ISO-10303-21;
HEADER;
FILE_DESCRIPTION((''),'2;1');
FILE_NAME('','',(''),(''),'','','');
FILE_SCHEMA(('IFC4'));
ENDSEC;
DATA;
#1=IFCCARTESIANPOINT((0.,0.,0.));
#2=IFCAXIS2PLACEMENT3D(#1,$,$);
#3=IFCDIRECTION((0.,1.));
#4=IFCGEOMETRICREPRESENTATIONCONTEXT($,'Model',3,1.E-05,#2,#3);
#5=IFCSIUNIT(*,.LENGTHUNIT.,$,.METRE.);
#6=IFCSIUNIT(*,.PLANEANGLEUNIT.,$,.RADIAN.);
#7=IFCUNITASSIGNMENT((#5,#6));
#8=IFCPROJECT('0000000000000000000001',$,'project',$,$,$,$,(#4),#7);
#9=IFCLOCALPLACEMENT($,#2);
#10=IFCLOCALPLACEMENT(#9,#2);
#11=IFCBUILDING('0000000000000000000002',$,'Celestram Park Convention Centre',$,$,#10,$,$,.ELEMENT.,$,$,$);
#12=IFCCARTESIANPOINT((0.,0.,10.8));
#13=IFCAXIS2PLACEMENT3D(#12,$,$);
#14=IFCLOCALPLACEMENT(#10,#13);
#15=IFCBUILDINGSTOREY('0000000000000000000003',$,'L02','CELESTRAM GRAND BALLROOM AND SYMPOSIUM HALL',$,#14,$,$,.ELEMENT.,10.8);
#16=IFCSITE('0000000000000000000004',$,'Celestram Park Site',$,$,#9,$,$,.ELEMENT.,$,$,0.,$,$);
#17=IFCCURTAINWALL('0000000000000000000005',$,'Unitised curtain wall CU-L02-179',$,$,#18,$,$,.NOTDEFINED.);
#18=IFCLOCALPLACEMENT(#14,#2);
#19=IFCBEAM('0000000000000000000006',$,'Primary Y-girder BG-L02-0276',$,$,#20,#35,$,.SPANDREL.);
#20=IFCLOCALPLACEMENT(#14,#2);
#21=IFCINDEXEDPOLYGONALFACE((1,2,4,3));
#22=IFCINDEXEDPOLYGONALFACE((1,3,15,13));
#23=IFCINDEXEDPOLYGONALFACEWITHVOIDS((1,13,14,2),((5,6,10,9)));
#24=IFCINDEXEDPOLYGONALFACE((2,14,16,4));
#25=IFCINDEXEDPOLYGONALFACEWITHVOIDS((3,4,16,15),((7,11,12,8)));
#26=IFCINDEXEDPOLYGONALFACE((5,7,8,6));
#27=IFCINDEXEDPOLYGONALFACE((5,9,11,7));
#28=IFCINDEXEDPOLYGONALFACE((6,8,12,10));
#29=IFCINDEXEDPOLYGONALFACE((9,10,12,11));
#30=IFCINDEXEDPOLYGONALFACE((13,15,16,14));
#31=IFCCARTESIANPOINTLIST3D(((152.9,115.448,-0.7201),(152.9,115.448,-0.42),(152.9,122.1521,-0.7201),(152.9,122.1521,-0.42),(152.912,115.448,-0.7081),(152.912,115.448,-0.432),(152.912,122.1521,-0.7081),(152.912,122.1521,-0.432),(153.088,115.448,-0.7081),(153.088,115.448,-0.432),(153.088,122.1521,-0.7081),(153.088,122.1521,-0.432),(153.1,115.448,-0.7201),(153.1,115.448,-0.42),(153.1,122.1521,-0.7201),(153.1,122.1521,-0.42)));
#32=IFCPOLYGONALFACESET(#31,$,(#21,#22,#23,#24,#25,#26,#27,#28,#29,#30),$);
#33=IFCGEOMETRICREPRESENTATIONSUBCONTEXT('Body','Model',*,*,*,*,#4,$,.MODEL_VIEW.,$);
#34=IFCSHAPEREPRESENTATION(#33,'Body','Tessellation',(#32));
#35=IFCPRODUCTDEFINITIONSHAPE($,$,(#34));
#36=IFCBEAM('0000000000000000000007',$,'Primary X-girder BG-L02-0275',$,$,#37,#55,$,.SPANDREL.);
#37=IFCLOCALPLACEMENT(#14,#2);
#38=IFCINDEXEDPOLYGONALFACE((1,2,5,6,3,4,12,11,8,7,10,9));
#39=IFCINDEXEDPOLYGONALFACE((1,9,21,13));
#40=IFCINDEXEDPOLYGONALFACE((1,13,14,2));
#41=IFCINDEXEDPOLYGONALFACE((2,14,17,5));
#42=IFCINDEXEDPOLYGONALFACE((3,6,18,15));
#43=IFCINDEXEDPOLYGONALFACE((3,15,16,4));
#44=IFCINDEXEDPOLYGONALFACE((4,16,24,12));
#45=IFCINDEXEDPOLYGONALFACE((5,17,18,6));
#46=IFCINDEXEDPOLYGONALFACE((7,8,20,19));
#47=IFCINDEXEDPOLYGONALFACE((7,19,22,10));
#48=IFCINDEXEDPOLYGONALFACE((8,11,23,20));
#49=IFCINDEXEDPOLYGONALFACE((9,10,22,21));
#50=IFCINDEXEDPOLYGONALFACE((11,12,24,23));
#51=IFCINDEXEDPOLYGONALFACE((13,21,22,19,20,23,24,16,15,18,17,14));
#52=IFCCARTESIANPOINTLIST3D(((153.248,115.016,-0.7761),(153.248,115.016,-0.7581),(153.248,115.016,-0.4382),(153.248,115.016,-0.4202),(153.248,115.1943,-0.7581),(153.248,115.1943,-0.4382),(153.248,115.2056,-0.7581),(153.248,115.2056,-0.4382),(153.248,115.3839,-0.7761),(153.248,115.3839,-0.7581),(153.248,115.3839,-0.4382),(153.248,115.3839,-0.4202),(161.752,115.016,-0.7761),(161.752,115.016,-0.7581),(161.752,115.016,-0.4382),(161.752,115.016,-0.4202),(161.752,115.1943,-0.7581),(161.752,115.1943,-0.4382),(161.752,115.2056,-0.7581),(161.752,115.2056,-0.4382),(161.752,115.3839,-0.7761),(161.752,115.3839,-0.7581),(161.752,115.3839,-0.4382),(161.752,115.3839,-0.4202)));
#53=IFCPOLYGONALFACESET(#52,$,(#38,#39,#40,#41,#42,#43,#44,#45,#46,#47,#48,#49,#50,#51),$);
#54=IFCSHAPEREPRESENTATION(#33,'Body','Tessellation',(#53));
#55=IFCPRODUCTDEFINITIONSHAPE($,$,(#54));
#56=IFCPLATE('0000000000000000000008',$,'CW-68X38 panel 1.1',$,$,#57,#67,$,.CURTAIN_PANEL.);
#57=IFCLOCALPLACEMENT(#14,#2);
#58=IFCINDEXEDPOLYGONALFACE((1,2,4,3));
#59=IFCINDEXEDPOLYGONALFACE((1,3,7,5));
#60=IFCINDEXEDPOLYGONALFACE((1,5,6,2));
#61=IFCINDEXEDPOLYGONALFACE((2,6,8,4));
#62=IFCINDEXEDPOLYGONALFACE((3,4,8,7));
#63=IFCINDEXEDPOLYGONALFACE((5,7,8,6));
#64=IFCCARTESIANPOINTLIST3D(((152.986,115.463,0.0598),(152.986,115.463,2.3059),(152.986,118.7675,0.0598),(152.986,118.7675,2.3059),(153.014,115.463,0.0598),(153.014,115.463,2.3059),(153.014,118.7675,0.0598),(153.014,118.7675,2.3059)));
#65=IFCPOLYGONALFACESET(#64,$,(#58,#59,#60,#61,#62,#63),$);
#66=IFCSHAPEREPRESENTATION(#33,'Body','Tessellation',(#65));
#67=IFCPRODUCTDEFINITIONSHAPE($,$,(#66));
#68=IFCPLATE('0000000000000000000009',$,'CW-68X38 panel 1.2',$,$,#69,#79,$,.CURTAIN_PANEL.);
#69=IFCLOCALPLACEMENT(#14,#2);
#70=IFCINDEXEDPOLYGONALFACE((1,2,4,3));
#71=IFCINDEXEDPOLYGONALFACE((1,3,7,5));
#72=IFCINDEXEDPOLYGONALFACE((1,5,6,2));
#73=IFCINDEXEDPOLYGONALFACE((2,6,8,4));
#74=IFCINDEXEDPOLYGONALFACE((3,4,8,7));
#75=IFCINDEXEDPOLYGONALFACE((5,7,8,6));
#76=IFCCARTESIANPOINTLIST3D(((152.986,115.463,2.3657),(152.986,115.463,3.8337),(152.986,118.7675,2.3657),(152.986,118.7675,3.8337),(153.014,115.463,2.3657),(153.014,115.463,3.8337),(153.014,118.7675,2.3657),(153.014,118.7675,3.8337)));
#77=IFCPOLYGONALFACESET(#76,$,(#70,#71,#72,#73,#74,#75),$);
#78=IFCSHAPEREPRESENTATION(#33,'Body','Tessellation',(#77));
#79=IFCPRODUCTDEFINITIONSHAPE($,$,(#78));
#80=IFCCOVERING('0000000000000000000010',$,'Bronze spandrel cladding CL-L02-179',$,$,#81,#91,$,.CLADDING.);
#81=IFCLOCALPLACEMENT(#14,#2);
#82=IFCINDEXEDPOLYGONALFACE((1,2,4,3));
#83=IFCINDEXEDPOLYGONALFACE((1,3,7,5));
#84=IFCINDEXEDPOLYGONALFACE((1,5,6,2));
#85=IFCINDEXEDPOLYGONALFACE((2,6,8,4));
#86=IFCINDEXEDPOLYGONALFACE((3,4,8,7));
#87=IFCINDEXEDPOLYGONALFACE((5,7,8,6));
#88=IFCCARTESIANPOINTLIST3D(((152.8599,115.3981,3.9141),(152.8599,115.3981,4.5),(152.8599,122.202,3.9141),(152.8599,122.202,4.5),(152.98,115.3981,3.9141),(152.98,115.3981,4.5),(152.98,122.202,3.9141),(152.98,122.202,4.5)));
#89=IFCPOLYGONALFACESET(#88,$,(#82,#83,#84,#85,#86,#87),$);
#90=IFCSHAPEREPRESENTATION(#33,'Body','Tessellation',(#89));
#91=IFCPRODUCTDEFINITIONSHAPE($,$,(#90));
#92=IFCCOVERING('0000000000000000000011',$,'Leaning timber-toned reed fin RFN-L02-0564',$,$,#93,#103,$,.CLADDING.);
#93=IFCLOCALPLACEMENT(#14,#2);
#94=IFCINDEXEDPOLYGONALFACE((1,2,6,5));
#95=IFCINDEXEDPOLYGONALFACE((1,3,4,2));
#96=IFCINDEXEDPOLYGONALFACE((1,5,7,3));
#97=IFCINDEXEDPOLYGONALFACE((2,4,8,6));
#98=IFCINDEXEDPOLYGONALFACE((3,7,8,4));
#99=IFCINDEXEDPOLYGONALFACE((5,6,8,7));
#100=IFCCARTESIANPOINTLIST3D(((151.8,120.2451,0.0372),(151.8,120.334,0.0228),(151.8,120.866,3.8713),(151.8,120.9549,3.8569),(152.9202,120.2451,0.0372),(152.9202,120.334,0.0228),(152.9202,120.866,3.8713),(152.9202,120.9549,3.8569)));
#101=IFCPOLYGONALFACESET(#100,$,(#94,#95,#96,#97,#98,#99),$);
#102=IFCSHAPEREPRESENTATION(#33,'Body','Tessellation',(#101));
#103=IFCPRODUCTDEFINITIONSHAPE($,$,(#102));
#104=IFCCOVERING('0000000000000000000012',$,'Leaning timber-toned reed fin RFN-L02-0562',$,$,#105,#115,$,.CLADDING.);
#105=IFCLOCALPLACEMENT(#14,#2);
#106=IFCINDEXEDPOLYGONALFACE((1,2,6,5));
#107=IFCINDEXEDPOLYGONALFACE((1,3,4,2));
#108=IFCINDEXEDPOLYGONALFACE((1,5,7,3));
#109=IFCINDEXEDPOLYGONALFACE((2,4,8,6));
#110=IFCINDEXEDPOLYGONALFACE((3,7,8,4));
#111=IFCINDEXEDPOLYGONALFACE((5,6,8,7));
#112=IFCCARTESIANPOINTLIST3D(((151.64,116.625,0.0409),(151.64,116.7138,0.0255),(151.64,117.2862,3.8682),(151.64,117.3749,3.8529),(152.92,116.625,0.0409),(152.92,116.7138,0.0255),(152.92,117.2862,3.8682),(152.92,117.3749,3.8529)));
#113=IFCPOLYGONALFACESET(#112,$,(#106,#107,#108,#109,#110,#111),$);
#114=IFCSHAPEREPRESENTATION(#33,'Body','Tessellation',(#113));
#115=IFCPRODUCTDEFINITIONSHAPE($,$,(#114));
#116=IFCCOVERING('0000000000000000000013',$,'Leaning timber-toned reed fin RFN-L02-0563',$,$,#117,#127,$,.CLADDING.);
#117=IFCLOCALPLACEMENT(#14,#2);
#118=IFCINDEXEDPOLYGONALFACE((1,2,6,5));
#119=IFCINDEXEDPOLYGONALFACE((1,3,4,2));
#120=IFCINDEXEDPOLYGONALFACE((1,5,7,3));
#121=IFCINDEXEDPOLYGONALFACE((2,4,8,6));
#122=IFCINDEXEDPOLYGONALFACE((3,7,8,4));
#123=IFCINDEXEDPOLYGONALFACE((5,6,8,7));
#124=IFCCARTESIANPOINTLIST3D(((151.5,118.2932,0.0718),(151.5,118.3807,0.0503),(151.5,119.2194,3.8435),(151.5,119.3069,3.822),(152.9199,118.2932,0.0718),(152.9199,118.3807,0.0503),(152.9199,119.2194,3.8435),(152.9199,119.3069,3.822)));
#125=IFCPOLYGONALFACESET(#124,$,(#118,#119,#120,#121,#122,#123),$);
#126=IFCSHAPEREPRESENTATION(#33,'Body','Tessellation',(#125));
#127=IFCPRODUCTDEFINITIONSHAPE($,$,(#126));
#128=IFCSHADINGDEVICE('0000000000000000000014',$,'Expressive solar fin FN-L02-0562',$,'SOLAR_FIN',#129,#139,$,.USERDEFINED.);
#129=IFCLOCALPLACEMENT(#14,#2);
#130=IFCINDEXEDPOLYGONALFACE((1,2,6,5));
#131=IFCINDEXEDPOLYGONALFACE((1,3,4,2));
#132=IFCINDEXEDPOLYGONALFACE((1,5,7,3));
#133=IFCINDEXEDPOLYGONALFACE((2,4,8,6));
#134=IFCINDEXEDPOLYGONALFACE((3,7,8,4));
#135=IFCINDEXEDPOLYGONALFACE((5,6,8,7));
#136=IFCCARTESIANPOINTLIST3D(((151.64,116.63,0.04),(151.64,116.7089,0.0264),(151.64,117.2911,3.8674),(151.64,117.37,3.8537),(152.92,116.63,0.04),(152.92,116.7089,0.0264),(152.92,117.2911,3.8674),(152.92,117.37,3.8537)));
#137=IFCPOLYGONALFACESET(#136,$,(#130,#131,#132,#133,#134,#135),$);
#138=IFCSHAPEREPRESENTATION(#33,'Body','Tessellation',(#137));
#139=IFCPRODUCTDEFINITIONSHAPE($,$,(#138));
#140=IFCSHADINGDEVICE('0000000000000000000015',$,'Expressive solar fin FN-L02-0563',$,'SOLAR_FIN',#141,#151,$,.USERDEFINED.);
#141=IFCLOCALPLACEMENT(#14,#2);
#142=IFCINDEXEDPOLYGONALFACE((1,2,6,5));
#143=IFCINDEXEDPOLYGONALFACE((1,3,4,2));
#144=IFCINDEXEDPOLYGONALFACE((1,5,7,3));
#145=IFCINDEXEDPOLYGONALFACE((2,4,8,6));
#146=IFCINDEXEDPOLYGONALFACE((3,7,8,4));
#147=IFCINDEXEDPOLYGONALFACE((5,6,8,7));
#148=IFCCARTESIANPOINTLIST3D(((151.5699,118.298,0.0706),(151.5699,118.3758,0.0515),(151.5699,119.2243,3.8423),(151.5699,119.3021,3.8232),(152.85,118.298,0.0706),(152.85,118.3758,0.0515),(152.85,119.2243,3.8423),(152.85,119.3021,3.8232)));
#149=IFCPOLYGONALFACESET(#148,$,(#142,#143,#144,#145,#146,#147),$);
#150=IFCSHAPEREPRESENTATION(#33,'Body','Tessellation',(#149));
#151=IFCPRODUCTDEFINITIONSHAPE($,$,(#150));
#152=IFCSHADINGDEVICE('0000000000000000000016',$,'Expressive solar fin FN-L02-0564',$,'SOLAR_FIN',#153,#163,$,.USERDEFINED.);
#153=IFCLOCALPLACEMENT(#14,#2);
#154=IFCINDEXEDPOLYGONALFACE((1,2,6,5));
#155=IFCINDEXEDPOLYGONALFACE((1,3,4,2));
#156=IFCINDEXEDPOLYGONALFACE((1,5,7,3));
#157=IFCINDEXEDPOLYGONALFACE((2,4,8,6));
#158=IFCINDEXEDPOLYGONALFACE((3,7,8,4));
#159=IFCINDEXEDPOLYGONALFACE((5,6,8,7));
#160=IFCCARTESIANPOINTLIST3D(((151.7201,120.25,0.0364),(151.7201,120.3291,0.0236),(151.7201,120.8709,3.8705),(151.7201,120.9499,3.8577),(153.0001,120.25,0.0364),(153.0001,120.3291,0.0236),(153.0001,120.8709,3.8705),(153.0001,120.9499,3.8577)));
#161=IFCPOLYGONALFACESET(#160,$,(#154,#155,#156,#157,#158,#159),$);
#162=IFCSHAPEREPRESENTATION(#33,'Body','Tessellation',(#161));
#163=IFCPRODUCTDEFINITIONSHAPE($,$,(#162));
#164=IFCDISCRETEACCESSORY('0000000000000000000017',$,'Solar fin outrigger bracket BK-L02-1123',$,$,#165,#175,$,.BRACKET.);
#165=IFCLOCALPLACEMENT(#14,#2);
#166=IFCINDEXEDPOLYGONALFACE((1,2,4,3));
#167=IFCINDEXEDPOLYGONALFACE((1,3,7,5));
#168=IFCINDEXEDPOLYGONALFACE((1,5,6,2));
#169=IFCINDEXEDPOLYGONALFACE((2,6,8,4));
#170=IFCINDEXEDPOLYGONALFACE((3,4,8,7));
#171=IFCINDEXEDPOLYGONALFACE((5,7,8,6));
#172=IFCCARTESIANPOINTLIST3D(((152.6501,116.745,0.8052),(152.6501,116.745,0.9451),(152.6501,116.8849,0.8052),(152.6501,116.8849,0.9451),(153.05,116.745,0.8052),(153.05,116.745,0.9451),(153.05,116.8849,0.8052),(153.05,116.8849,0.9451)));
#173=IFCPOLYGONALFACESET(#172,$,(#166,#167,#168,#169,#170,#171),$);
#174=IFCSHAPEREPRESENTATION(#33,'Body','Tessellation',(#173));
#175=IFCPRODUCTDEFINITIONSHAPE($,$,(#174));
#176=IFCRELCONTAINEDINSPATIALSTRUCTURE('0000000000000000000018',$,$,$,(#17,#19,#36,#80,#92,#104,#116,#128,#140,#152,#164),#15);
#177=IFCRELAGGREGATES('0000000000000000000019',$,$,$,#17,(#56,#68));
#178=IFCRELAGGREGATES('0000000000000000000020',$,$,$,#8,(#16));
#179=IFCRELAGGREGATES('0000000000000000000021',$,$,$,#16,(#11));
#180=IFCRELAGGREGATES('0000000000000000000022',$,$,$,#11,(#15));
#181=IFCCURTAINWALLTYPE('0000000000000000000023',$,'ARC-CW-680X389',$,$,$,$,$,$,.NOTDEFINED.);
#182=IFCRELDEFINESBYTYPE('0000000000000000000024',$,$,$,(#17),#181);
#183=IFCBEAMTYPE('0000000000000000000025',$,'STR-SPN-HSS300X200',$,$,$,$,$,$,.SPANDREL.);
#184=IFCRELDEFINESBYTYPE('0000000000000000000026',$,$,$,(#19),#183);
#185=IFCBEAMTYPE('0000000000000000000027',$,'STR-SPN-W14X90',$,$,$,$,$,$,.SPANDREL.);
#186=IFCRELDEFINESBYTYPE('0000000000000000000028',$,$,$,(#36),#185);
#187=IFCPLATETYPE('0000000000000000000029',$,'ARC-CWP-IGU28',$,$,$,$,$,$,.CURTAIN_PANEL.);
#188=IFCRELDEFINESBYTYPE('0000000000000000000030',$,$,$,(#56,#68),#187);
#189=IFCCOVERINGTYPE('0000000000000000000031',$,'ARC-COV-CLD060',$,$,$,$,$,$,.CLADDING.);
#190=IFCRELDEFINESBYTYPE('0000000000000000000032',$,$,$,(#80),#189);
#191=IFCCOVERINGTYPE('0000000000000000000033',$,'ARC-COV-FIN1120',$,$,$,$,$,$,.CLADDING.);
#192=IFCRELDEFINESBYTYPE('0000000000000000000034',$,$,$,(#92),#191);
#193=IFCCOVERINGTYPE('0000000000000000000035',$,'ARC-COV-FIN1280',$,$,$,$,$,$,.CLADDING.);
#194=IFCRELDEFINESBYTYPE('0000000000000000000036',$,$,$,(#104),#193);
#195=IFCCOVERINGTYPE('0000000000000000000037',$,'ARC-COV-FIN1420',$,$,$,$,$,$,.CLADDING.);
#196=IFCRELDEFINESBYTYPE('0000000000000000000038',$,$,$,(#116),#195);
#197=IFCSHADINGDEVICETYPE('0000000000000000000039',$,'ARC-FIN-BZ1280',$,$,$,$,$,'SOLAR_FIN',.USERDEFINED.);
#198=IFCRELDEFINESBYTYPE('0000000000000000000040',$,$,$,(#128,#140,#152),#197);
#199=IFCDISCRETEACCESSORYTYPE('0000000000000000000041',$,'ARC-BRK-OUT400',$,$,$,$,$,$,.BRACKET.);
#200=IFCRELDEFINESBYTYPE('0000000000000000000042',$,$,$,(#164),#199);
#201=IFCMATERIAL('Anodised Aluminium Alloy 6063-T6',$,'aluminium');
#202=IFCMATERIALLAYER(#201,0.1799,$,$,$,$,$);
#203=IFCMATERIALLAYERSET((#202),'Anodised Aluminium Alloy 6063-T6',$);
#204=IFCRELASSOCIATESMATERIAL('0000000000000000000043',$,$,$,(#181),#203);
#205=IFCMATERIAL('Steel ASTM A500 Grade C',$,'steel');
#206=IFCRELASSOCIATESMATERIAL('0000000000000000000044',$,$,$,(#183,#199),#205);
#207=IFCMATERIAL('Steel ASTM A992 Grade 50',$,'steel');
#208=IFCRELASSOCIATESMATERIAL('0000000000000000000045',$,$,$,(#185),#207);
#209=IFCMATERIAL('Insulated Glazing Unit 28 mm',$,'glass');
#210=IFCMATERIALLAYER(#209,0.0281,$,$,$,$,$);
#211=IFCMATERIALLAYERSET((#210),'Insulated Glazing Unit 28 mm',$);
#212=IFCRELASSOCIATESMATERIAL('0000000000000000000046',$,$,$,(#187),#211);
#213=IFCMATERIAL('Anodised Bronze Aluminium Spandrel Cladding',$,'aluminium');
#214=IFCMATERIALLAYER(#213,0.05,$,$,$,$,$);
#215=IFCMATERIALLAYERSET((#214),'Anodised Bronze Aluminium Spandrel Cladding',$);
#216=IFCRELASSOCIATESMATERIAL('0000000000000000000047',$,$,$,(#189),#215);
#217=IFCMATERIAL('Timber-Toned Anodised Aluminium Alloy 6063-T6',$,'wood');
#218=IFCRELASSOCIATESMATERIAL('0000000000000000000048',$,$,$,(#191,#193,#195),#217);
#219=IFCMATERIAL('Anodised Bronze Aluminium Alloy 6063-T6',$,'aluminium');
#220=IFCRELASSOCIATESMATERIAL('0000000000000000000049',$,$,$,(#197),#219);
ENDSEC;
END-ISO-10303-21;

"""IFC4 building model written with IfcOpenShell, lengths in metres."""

from ifc_helpers import new_model, si_unit, direction, frame, origin, origin_2d, place, context, subcontext, project, spatial, rectangle, hollow_rectangle, i_section, extrude, material, layer, layer_set, material_profile, profile_set, type_object, element, aggregate, save


model = new_model("IFC4")

# Units and contexts
model_context = context("Model", 3, precision=1e-05, world=origin(), true_north=direction((0.0, 1.0)))
body_context = subcontext(model_context, "Body", "Model", "MODEL_VIEW")
ifc_project = project(units=[si_unit("LENGTHUNIT", "METRE"), si_unit("PLANEANGLEUNIT", "RADIAN")], contexts=[model_context])

# Site, building, storey
site_placement = place(None, origin())
site = spatial("IfcSite", under=ifc_project, at=site_placement, Name="Celestram Park Site", CompositionType="ELEMENT", RefElevation=0.0)
building_placement = place(site_placement, origin())
building = spatial("IfcBuilding", under=site, at=building_placement, Name="Celestram Park Convention Centre", CompositionType="ELEMENT")
storey_placement = place(building_placement, frame((0.0, 0.0, 10.8)))
storey = spatial("IfcBuildingStorey", under=building, at=storey_placement, Name="L02", Description="CELESTRAM GRAND BALLROOM AND SYMPOSIUM HALL", CompositionType="ELEMENT", Elevation=10.8)

# Shared definitions
ifc_material_1 = material(Name="Steel ASTM A500 Grade C", Category="steel")

# Curtain wall
ifc_material_2 = material(Name="Anodised Aluminium Alloy 6063-T6", Category="aluminium")
ifc_layer_1 = layer(ifc_material_2, 0.1799)
ifc_layer_set_1 = layer_set([ifc_layer_1], Name="Anodised Aluminium Alloy 6063-T6")
curtain_wall_type_1 = type_object("IfcCurtainWallType", Name="ARC-CW-680X389", PredefinedType="NOTDEFINED", material=ifc_layer_set_1)
curtain_wall_1_placement = place(storey_placement, origin())
curtain_wall_1 = element("IfcCurtainWall", 1, at=curtain_wall_1_placement, inside=storey, type_object=curtain_wall_type_1, Name="Unitised curtain wall CU-L02-179", PredefinedType="NOTDEFINED")

# Beams
ifc_material_profile_1 = material_profile(ifc_material_1, hollow_rectangle(XDim=0.2, YDim=0.3, WallThickness=0.012, at=origin_2d()), Name="HSS300X200X12")
ifc_profile_set_1 = profile_set([ifc_material_profile_1], Name="Steel ASTM A500 Grade C")
beam_type_1 = type_object("IfcBeamType", Name="STR-SPN-HSS300X200", PredefinedType="SPANDREL", material=ifc_profile_set_1)
beam_1_placement = place(storey_placement, frame((153.0, 115.448, -0.5701), z_axis=(0.0, 1.0, 0.0), x_axis=(-1.0, 0.0, 0.0)))
element("IfcBeam", 2, at=beam_1_placement, inside=storey, type_object=beam_type_1, Name="Primary Y-girder BG-L02-0276", PredefinedType="SPANDREL", context=body_context, shape_type="SweptSolid", body=[
    extrude(hollow_rectangle(XDim=0.2, YDim=0.3, WallThickness=0.012, at=origin_2d()), origin(), (0.0, 0.0, 1.0), 6.7041),
])
ifc_material_3 = material(Name="Steel ASTM A992 Grade 50", Category="steel")
ifc_material_profile_2 = material_profile(ifc_material_3, i_section(OverallWidth=0.3679, OverallDepth=0.356, WebThickness=0.0112, FlangeThickness=0.0181, at=origin_2d()), Name="W14X90")
ifc_profile_set_2 = profile_set([ifc_material_profile_2], Name="Steel ASTM A992 Grade 50")
beam_type_2 = type_object("IfcBeamType", Name="STR-SPN-W14X90", PredefinedType="SPANDREL", material=ifc_profile_set_2)
beam_2_placement = place(storey_placement, frame((153.248, 115.2, -0.5981), z_axis=(1.0, 0.0, 0.0), x_axis=(0.0, 1.0, 0.0)))
element("IfcBeam", 3, at=beam_2_placement, inside=storey, type_object=beam_type_2, Name="Primary X-girder BG-L02-0275", PredefinedType="SPANDREL", context=body_context, shape_type="SweptSolid", body=[
    extrude(i_section(OverallWidth=0.3679, OverallDepth=0.356, WebThickness=0.0112, FlangeThickness=0.0181, at=origin_2d()), origin(), (0.0, 0.0, 1.0), 8.5039),
])

# Plates
ifc_material_4 = material(Name="Insulated Glazing Unit 28 mm", Category="glass")
ifc_layer_2 = layer(ifc_material_4, 0.0281)
ifc_layer_set_2 = layer_set([ifc_layer_2], Name="Insulated Glazing Unit 28 mm")
plate_type = type_object("IfcPlateType", Name="ARC-CWP-IGU28", PredefinedType="CURTAIN_PANEL", material=ifc_layer_set_2)
plate_1_placement = place(storey_placement, frame((153.0, 117.1152, 0.0598), z_axis=(0.0, 0.0, 1.0), x_axis=(0.0, 1.0, 0.0)))
plate_1 = element("IfcPlate", 4, at=plate_1_placement, type_object=plate_type, Name="CW-68X38 panel 1.1", PredefinedType="CURTAIN_PANEL", context=body_context, shape_type="SweptSolid", body=[
    extrude(rectangle(XDim=3.3044, YDim=0.0281, at=origin_2d()), origin(), (0.0, 0.0, 1.0), 2.2461),
])
plate_2_placement = place(storey_placement, frame((153.0, 117.1152, 2.3657), z_axis=(0.0, 0.0, 1.0), x_axis=(0.0, 1.0, 0.0)))
plate_2 = element("IfcPlate", 5, at=plate_2_placement, type_object=plate_type, Name="CW-68X38 panel 1.2", PredefinedType="CURTAIN_PANEL", context=body_context, shape_type="SweptSolid", body=[
    extrude(rectangle(XDim=3.3044, YDim=0.0281, at=origin_2d()), origin(), (0.0, 0.0, 1.0), 1.468),
])
aggregate(curtain_wall_1, [plate_1, plate_2])

# Coverings
ifc_material_5 = material(Name="Anodised Bronze Aluminium Spandrel Cladding", Category="aluminium")
ifc_layer_3 = layer(ifc_material_5, 0.05)
ifc_layer_set_3 = layer_set([ifc_layer_3], Name="Anodised Bronze Aluminium Spandrel Cladding")
covering_type_1 = type_object("IfcCoveringType", Name="ARC-COV-CLD060", PredefinedType="CLADDING", material=ifc_layer_set_3)
covering_1_placement = place(storey_placement, frame((152.9199, 118.8, 3.9141), z_axis=(0.0, 0.0, 1.0), x_axis=(0.0, 1.0, 0.0)))
element("IfcCovering", 6, at=covering_1_placement, inside=storey, type_object=covering_type_1, Name="Bronze spandrel cladding CL-L02-179", PredefinedType="CLADDING", context=body_context, shape_type="SweptSolid", body=[
    extrude(rectangle(XDim=6.804, YDim=0.1201, at=origin_2d()), origin(), (0.0, 0.0, 1.0), 0.5859),
])
ifc_material_6 = material(Name="Timber-Toned Anodised Aluminium Alloy 6063-T6", Category="wood")
ifc_material_profile_3 = material_profile(ifc_material_6, rectangle(XDim=1.1201, YDim=0.0901, at=origin_2d()), Name="REED1120X90")
ifc_profile_set_3 = profile_set([ifc_material_profile_3], Name="Timber-Toned Anodised Aluminium Alloy 6063-T6")
covering_type_2 = type_object("IfcCoveringType", Name="ARC-COV-FIN1120", PredefinedType="CLADDING", material=ifc_profile_set_3)
covering_2_placement = place(storey_placement, frame((152.3601, 120.2896, 0.03), z_axis=(0.0, 0.159851, 0.987141), x_axis=(-1.0, 0.0, 0.0)))
element("IfcCovering", 7, at=covering_2_placement, inside=storey, type_object=covering_type_2, Name="Leaning timber-toned reed fin RFN-L02-0564", PredefinedType="CLADDING", context=body_context, shape_type="SweptSolid", body=[
    extrude(rectangle(XDim=1.1201, YDim=0.0901, at=origin_2d()), origin(), (0.0, 0.0, 1.0), 3.884),
])
ifc_material_profile_4 = material_profile(ifc_material_6, rectangle(XDim=1.28, YDim=0.0901, at=origin_2d()), Name="REED1280X90")
ifc_profile_set_4 = profile_set([ifc_material_profile_4], Name="Timber-Toned Anodised Aluminium Alloy 6063-T6")
covering_type_3 = type_object("IfcCoveringType", Name="ARC-COV-FIN1280", PredefinedType="CLADDING", material=ifc_profile_set_4)
covering_3_placement = place(storey_placement, frame((152.28, 116.6694, 0.0332), z_axis=(0.0, 0.170216, 0.985407), x_axis=(-1.0, 0.0, 0.0)))
element("IfcCovering", 8, at=covering_3_placement, inside=storey, type_object=covering_type_3, Name="Leaning timber-toned reed fin RFN-L02-0562", PredefinedType="CLADDING", context=body_context, shape_type="SweptSolid", body=[
    extrude(rectangle(XDim=1.28, YDim=0.0901, at=origin_2d()), origin(), (0.0, 0.0, 1.0), 3.884),
])
ifc_material_profile_5 = material_profile(ifc_material_6, rectangle(XDim=1.4199, YDim=0.0901, at=origin_2d()), Name="REED1420X90")
ifc_profile_set_5 = profile_set([ifc_material_profile_5], Name="Timber-Toned Anodised Aluminium Alloy 6063-T6")
covering_type_4 = type_object("IfcCoveringType", Name="ARC-COV-FIN1420", PredefinedType="CLADDING", material=ifc_profile_set_5)
covering_4_placement = place(storey_placement, frame((152.21, 118.3369, 0.061), z_axis=(0.0, 0.238496, 0.971144), x_axis=(-1.0, 0.0, 0.0)))
element("IfcCovering", 9, at=covering_4_placement, inside=storey, type_object=covering_type_4, Name="Leaning timber-toned reed fin RFN-L02-0563", PredefinedType="CLADDING", context=body_context, shape_type="SweptSolid", body=[
    extrude(rectangle(XDim=1.4199, YDim=0.0901, at=origin_2d()), origin(), (0.0, 0.0, 1.0), 3.8838),
])

# Shading devices
ifc_material_7 = material(Name="Anodised Bronze Aluminium Alloy 6063-T6", Category="aluminium")
ifc_material_profile_6 = material_profile(ifc_material_7, rectangle(XDim=1.28, YDim=0.0801, at=origin_2d()), Name="FIN1280X80")
ifc_profile_set_6 = profile_set([ifc_material_profile_6], Name="Anodised Bronze Aluminium Alloy 6063-T6")
shading_device_type = type_object("IfcShadingDeviceType", Name="ARC-FIN-BZ1280", ElementType="SOLAR_FIN", PredefinedType="USERDEFINED", material=ifc_profile_set_6)
shading_device_1_placement = place(storey_placement, frame((152.28, 116.6694, 0.0332), z_axis=(0.0, 0.170216, 0.985407), x_axis=(-1.0, 0.0, 0.0)))
element("IfcShadingDevice", 10, at=shading_device_1_placement, inside=storey, type_object=shading_device_type, Name="Expressive solar fin FN-L02-0562", ObjectType="SOLAR_FIN", PredefinedType="USERDEFINED", context=body_context, shape_type="SweptSolid", body=[
    extrude(rectangle(XDim=1.28, YDim=0.0801, at=origin_2d()), origin(), (0.0, 0.0, 1.0), 3.884),
])
shading_device_2_placement = place(storey_placement, frame((152.21, 118.3369, 0.061), z_axis=(0.0, 0.238496, 0.971144), x_axis=(-1.0, 0.0, 0.0)))
element("IfcShadingDevice", 11, at=shading_device_2_placement, inside=storey, type_object=shading_device_type, Name="Expressive solar fin FN-L02-0563", ObjectType="SOLAR_FIN", PredefinedType="USERDEFINED", context=body_context, shape_type="SweptSolid", body=[
    extrude(rectangle(XDim=1.28, YDim=0.0801, at=origin_2d()), origin(), (0.0, 0.0, 1.0), 3.8838),
])
shading_device_3_placement = place(storey_placement, frame((152.3601, 120.2896, 0.03), z_axis=(0.0, 0.159851, 0.987141), x_axis=(-1.0, 0.0, 0.0)))
element("IfcShadingDevice", 12, at=shading_device_3_placement, inside=storey, type_object=shading_device_type, Name="Expressive solar fin FN-L02-0564", ObjectType="SOLAR_FIN", PredefinedType="USERDEFINED", context=body_context, shape_type="SweptSolid", body=[
    extrude(rectangle(XDim=1.28, YDim=0.0801, at=origin_2d()), origin(), (0.0, 0.0, 1.0), 3.884),
])

# Discrete accessory
discrete_accessory_type = type_object("IfcDiscreteAccessoryType", Name="ARC-BRK-OUT400", PredefinedType="BRACKET", material=ifc_material_1)
for number, where, z_axis, x_axis, name in (
    (13, (152.8501, 116.8149, 0.8052), (0.0, 0.0, 1.0), (-1.0, 0.0, 0.0), "Solar fin outrigger bracket BK-L02-1123"),
):
    element("IfcDiscreteAccessory", number, at=place(storey_placement, frame(where, z_axis=z_axis, x_axis=x_axis)), inside=storey, type_object=discrete_accessory_type, Name=name, PredefinedType="BRACKET", context=body_context, shape_type="SweptSolid", body=[
        extrude(rectangle(XDim=0.3999, YDim=0.1399, at=origin_2d()), origin(), (0.0, 0.0, 1.0), 0.1399),
    ])

save(model, "model.ifc")
